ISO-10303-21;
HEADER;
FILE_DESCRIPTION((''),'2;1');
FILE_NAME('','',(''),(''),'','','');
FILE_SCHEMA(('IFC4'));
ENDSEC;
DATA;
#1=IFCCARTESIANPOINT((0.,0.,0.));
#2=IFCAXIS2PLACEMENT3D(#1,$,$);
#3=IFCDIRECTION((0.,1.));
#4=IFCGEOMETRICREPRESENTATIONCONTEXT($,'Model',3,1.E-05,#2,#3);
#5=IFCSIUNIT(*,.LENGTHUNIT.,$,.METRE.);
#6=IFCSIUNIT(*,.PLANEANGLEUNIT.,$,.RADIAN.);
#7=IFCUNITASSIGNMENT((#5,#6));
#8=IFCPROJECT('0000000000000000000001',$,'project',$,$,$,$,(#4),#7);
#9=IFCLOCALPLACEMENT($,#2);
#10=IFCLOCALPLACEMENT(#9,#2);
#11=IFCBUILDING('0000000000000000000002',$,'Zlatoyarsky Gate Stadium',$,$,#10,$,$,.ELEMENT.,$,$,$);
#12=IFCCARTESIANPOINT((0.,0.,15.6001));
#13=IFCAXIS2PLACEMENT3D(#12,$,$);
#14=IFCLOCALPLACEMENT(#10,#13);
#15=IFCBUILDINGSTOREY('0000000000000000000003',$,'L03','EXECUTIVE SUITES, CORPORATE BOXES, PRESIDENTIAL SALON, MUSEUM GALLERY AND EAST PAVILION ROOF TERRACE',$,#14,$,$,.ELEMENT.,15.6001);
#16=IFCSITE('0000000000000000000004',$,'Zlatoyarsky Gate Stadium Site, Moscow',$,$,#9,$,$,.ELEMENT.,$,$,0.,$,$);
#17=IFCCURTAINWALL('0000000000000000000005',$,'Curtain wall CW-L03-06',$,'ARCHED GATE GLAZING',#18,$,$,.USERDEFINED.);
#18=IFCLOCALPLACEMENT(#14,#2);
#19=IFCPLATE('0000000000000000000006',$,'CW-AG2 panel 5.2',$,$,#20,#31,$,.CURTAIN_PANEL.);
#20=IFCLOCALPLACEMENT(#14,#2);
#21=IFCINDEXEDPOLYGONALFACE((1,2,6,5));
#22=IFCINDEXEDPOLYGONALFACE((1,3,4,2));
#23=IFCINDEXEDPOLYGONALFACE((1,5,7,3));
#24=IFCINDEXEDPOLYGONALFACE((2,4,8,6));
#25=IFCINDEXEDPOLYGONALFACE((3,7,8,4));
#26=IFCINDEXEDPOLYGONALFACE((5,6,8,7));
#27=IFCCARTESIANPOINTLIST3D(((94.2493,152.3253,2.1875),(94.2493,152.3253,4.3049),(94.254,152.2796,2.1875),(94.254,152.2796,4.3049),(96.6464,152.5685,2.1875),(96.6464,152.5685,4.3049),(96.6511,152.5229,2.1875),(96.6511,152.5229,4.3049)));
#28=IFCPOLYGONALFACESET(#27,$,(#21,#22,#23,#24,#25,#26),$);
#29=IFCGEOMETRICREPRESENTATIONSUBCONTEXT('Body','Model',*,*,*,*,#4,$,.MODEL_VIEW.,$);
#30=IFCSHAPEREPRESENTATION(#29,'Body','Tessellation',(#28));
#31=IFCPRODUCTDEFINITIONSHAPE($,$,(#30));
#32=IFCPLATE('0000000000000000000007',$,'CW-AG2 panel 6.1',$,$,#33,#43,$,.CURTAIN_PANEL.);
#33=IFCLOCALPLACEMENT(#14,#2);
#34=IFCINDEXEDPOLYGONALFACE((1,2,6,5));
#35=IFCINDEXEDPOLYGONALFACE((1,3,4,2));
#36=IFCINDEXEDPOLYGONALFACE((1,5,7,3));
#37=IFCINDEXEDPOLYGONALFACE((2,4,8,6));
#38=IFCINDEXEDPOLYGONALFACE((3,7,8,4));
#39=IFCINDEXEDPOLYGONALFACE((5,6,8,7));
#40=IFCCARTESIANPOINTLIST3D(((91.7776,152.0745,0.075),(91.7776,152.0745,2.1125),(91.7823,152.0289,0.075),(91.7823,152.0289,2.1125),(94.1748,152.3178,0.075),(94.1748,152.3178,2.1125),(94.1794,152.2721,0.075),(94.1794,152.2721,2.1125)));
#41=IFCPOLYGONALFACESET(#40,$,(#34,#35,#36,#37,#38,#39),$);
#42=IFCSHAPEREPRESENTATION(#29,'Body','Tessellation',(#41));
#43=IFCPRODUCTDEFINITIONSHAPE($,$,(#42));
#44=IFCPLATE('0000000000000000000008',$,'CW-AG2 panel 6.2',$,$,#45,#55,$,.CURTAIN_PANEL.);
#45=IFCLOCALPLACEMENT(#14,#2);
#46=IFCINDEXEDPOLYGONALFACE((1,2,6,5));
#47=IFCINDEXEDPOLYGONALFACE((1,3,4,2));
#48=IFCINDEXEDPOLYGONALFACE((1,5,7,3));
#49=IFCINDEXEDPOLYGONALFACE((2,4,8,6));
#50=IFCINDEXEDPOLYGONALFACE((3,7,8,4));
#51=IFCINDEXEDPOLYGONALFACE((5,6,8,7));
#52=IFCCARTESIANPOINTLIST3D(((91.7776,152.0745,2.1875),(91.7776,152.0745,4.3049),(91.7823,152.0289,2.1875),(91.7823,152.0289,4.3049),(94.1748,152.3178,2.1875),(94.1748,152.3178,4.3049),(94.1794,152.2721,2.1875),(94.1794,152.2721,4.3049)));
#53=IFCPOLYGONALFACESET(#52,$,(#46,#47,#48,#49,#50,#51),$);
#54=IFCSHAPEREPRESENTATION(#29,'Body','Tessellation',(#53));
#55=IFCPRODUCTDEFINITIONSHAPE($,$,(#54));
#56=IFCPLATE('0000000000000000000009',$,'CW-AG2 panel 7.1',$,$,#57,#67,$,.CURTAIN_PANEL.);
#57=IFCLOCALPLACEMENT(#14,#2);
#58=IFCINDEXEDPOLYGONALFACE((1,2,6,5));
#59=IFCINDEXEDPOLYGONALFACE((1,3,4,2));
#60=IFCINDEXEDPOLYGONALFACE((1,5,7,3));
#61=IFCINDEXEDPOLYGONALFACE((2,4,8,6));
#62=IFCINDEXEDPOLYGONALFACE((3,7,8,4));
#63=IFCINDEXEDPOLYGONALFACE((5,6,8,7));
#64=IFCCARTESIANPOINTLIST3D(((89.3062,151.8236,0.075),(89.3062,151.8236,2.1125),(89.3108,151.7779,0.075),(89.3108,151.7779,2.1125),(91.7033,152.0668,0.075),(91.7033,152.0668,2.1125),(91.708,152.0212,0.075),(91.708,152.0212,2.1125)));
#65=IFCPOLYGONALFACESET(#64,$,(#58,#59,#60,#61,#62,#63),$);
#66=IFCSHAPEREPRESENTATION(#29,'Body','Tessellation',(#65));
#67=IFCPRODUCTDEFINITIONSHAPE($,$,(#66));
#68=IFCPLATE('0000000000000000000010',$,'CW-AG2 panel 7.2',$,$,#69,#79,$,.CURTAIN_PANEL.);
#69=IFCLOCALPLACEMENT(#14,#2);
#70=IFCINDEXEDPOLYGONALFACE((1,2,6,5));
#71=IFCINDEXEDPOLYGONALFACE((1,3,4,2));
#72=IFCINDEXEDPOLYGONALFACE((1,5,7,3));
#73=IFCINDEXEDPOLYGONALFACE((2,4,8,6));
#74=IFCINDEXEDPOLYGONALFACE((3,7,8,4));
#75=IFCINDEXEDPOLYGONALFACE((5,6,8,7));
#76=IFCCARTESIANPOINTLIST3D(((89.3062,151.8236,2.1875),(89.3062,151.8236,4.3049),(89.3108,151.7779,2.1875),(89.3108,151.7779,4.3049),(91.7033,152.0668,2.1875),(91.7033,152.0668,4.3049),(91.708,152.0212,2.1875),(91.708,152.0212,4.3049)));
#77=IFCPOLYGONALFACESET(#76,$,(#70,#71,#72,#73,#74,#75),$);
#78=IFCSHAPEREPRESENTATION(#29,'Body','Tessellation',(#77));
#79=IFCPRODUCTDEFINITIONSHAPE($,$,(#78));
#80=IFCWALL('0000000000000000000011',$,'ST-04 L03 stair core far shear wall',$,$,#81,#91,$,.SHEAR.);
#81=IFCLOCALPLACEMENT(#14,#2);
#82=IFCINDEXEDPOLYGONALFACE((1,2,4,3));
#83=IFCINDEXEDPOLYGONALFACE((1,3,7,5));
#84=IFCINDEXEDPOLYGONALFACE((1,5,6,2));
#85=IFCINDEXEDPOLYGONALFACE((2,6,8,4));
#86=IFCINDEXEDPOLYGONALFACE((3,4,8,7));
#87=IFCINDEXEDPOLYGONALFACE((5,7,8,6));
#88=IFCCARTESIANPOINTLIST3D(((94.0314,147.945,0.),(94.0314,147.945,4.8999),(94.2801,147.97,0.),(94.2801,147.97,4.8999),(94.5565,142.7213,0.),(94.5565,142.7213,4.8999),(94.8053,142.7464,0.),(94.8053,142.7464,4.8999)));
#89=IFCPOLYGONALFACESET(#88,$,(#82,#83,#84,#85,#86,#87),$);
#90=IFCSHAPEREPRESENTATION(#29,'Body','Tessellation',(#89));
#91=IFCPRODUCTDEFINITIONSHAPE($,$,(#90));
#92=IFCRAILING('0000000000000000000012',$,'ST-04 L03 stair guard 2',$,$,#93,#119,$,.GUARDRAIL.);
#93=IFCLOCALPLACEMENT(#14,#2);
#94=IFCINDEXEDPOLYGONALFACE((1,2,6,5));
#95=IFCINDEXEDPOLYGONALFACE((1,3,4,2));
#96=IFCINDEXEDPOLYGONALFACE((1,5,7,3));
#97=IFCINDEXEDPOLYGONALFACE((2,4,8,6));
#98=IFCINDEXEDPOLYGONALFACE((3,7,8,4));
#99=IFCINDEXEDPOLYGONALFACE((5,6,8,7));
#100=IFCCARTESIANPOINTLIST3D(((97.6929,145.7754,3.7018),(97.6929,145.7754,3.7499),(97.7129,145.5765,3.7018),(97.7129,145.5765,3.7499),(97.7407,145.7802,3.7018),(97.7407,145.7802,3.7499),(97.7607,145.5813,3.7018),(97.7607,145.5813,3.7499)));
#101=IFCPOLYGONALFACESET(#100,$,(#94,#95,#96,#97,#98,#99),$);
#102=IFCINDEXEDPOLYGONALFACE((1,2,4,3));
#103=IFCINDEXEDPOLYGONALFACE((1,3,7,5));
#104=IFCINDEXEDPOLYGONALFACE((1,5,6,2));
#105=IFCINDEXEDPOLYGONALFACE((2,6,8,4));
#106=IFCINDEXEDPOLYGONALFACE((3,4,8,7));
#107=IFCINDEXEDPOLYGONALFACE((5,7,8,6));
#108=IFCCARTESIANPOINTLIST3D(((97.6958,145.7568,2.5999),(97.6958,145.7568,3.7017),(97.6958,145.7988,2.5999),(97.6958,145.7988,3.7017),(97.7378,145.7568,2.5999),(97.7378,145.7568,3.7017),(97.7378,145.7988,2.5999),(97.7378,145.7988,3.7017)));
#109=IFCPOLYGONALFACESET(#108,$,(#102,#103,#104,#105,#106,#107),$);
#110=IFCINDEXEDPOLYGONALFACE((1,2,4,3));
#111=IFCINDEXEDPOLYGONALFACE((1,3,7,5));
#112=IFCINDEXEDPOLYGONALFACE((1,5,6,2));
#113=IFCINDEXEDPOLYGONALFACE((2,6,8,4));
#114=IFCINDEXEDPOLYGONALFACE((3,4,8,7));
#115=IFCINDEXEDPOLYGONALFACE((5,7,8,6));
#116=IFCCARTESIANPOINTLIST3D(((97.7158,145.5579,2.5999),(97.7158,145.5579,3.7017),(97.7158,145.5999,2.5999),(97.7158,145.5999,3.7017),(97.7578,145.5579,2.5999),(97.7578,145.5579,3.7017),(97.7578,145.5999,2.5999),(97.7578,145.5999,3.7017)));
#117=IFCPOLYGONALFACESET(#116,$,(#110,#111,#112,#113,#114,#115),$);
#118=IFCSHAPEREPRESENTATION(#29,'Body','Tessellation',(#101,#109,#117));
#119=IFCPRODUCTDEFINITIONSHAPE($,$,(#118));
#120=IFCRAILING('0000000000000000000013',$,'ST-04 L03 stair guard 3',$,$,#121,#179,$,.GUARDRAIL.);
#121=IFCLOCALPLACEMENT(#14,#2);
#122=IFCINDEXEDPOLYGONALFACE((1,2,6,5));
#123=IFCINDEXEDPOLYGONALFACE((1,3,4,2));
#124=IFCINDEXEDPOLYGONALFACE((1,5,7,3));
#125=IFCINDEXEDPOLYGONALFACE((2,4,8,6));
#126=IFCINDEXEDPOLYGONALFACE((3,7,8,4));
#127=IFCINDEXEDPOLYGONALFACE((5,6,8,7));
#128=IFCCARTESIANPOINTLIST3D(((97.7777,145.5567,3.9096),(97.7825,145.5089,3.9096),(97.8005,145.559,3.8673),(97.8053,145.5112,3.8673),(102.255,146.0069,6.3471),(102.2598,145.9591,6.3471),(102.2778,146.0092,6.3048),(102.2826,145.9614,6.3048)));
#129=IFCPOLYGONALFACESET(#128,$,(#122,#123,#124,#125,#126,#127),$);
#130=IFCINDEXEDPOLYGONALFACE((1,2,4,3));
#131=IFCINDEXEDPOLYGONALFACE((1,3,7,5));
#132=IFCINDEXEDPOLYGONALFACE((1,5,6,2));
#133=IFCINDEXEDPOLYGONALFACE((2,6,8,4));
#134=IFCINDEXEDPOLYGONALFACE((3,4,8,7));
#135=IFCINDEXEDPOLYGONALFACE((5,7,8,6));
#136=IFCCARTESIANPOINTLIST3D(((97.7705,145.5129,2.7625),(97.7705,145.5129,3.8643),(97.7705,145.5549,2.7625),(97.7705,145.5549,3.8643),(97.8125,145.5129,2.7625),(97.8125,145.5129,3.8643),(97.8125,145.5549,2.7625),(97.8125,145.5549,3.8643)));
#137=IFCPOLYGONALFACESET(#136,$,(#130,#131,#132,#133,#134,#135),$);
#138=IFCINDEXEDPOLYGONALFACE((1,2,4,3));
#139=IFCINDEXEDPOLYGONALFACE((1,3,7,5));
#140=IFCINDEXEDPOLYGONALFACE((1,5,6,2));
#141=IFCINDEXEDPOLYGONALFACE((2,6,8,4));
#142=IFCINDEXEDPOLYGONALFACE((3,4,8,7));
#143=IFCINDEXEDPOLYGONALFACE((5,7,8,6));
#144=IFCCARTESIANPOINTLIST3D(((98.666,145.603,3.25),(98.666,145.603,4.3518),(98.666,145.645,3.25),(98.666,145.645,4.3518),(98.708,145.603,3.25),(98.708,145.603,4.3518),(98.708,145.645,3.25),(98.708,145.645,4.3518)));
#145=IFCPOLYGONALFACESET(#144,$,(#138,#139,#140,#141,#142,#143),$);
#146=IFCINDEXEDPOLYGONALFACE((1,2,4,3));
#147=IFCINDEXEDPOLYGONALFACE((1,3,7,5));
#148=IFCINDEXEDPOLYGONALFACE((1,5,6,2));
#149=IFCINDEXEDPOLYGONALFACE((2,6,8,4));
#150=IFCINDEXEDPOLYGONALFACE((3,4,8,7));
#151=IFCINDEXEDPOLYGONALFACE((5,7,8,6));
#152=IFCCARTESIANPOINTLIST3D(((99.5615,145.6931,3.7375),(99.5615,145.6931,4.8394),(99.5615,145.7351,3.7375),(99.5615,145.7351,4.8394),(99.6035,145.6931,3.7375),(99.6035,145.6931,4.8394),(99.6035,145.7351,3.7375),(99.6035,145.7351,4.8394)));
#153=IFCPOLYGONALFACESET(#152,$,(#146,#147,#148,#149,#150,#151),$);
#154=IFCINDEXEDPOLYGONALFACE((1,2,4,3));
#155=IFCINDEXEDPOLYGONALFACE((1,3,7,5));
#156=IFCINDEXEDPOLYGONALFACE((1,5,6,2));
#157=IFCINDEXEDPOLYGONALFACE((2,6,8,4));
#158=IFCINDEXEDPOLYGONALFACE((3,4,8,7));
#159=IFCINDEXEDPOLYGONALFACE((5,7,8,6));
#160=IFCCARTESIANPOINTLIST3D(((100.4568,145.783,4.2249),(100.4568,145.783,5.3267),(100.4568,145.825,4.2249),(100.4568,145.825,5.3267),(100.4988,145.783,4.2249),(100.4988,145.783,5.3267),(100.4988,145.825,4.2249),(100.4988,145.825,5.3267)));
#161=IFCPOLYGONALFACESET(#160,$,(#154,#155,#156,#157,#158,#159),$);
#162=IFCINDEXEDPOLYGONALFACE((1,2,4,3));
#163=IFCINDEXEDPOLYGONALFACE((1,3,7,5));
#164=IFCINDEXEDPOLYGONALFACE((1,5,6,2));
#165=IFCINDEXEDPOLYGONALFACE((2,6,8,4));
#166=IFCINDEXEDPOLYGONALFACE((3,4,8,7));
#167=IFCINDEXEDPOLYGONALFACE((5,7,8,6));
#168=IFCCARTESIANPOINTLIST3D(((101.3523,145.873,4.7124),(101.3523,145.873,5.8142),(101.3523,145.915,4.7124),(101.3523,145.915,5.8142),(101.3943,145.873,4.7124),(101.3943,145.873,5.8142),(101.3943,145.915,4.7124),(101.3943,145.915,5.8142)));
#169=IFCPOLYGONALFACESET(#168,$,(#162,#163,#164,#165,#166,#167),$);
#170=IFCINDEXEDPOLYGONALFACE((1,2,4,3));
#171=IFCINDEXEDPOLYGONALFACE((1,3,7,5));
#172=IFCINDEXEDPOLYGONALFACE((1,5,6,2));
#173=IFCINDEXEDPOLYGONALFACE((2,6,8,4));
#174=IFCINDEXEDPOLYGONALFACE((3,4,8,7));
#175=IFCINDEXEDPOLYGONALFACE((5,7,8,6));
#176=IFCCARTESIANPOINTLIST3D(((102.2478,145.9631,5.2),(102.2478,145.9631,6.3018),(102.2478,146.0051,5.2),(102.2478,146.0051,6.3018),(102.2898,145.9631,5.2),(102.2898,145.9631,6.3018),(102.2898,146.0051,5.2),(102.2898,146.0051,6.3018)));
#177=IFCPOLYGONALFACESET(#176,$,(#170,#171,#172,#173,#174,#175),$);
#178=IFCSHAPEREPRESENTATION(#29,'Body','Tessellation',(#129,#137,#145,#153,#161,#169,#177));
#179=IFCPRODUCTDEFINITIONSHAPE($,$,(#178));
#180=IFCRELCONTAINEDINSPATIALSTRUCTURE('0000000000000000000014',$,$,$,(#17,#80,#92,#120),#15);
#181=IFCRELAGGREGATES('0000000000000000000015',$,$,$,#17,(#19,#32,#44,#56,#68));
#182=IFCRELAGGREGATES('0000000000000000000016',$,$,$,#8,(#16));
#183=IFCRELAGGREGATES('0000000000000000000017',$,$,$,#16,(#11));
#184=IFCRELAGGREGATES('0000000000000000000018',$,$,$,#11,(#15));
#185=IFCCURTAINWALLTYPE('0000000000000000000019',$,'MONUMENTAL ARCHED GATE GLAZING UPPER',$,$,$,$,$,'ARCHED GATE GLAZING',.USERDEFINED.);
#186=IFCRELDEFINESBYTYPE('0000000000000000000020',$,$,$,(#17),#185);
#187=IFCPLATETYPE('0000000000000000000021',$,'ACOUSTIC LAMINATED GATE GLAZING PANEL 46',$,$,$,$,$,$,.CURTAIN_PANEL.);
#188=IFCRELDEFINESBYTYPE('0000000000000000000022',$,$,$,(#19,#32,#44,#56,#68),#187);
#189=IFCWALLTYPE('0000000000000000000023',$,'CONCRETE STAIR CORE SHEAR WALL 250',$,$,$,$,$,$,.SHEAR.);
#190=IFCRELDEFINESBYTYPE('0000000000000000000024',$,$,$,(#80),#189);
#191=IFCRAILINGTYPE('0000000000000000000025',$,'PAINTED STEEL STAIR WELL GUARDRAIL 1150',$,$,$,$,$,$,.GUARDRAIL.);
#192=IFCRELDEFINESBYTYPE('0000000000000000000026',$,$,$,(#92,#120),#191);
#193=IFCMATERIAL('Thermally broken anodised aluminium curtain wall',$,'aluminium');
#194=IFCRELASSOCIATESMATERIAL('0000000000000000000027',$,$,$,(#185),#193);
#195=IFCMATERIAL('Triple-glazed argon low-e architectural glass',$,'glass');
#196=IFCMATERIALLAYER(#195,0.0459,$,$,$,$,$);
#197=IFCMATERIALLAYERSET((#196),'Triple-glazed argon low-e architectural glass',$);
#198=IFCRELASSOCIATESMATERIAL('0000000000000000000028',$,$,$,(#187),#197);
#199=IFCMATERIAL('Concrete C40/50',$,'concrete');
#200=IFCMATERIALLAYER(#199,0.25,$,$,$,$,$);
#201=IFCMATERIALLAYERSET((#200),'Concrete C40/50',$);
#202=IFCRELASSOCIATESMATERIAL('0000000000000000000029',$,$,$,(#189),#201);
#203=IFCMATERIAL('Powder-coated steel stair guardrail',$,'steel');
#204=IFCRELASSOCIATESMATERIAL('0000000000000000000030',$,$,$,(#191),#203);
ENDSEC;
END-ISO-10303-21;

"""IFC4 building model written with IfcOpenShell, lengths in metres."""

from ifc_helpers import new_model, si_unit, direction, frame, frame_2d, origin, origin_2d, place, context, subcontext, project, spatial, rectangle, extrude, material, layer, layer_set, type_object, element, aggregate, save


model = new_model("IFC4")

# Units and contexts
model_context = context("Model", 3, precision=1e-05, world=origin(), true_north=direction((0.0, 1.0)))
body_context = subcontext(model_context, "Body", "Model", "MODEL_VIEW")
ifc_project = project(units=[si_unit("LENGTHUNIT", "METRE"), si_unit("PLANEANGLEUNIT", "RADIAN")], contexts=[model_context])

# Site, building, storey
site_placement = place(None, origin())
site = spatial("IfcSite", under=ifc_project, at=site_placement, Name="Zlatoyarsky Gate Stadium Site, Moscow", CompositionType="ELEMENT", RefElevation=0.0)
building_placement = place(site_placement, origin())
building = spatial("IfcBuilding", under=site, at=building_placement, Name="Zlatoyarsky Gate Stadium", CompositionType="ELEMENT")
storey_placement = place(building_placement, frame((0.0, 0.0, 15.6001)))
storey = spatial("IfcBuildingStorey", under=building, at=storey_placement, Name="L03", Description="EXECUTIVE SUITES, CORPORATE BOXES, PRESIDENTIAL SALON, MUSEUM GALLERY AND EAST PAVILION ROOF TERRACE", CompositionType="ELEMENT", Elevation=15.6001)

# Curtain wall, plates
ifc_material_1 = material(Name="Thermally broken anodised aluminium curtain wall", Category="aluminium")
curtain_wall_type = type_object("IfcCurtainWallType", Name="MONUMENTAL ARCHED GATE GLAZING UPPER", ElementType="ARCHED GATE GLAZING", PredefinedType="USERDEFINED", material=ifc_material_1)
curtain_wall_placement = place(storey_placement, origin())
curtain_wall = element("IfcCurtainWall", 1, at=curtain_wall_placement, inside=storey, type_object=curtain_wall_type, Name="Curtain wall CW-L03-06", ObjectType="ARCHED GATE GLAZING", PredefinedType="USERDEFINED")
ifc_material_2 = material(Name="Triple-glazed argon low-e architectural glass", Category="glass")
ifc_layer_1 = layer(ifc_material_2, 0.0459)
ifc_layer_set_1 = layer_set([ifc_layer_1], Name="Triple-glazed argon low-e architectural glass")
plate_type = type_object("IfcPlateType", Name="ACOUSTIC LAMINATED GATE GLAZING PANEL 46", PredefinedType="CURTAIN_PANEL", material=ifc_layer_set_1)
plate_1_placement = place(storey_placement, frame((95.4502, 152.4241, 2.1875), z_axis=(0.0, 0.0, 1.0), x_axis=(-0.99489, -0.100967, 0.0)))
plate_1 = element("IfcPlate", 2, at=plate_1_placement, type_object=plate_type, Name="CW-AG2 panel 5.2", PredefinedType="CURTAIN_PANEL", context=body_context, shape_type="SweptSolid", body=[
    extrude(rectangle(XDim=2.4094, YDim=0.0459, at=origin_2d()), origin(), (0.0, 0.0, 1.0), 2.1174),
])
plate_2_placement = place(storey_placement, frame((92.9785, 152.1733, 0.075), z_axis=(0.0, 0.0, 1.0), x_axis=(-0.99489, -0.100967, 0.0)))
plate_2 = element("IfcPlate", 3, at=plate_2_placement, type_object=plate_type, Name="CW-AG2 panel 6.1", PredefinedType="CURTAIN_PANEL", context=body_context, shape_type="SweptSolid", body=[
    extrude(rectangle(XDim=2.4094, YDim=0.0459, at=origin_2d()), origin(), (0.0, 0.0, 1.0), 2.0376),
])
plate_3_placement = place(storey_placement, frame((92.9785, 152.1733, 2.1875), z_axis=(0.0, 0.0, 1.0), x_axis=(-0.99489, -0.100967, 0.0)))
plate_3 = element("IfcPlate", 4, at=plate_3_placement, type_object=plate_type, Name="CW-AG2 panel 6.2", PredefinedType="CURTAIN_PANEL", context=body_context, shape_type="SweptSolid", body=[
    extrude(rectangle(XDim=2.4094, YDim=0.0459, at=origin_2d()), origin(), (0.0, 0.0, 1.0), 2.1174),
])
plate_4_placement = place(storey_placement, frame((90.5071, 151.9224, 0.075), z_axis=(0.0, 0.0, 1.0), x_axis=(-0.99489, -0.100967, 0.0)))
plate_4 = element("IfcPlate", 5, at=plate_4_placement, type_object=plate_type, Name="CW-AG2 panel 7.1", PredefinedType="CURTAIN_PANEL", context=body_context, shape_type="SweptSolid", body=[
    extrude(rectangle(XDim=2.4094, YDim=0.0459, at=origin_2d()), origin(), (0.0, 0.0, 1.0), 2.0376),
])
plate_5_placement = place(storey_placement, frame((90.5071, 151.9224, 2.1875), z_axis=(0.0, 0.0, 1.0), x_axis=(-0.99489, -0.100967, 0.0)))
plate_5 = element("IfcPlate", 6, at=plate_5_placement, type_object=plate_type, Name="CW-AG2 panel 7.2", PredefinedType="CURTAIN_PANEL", context=body_context, shape_type="SweptSolid", body=[
    extrude(rectangle(XDim=2.4094, YDim=0.0459, at=origin_2d()), origin(), (0.0, 0.0, 1.0), 2.1174),
])
aggregate(curtain_wall, [plate_1, plate_2, plate_3, plate_4, plate_5])

# Wall
ifc_material_3 = material(Name="Concrete C40/50", Category="concrete")
ifc_layer_2 = layer(ifc_material_3, 0.25)
ifc_layer_set_2 = layer_set([ifc_layer_2], Name="Concrete C40/50")
wall_type = type_object("IfcWallType", Name="CONCRETE STAIR CORE SHEAR WALL 250", PredefinedType="SHEAR", material=ifc_layer_set_2)
wall_placement = place(storey_placement, frame((94.1558, 147.9575, 0.0), z_axis=(0.0, 0.0, 1.0), x_axis=(0.100029, -0.994985, 0.0)))
element("IfcWall", 7, at=wall_placement, inside=storey, type_object=wall_type, Name="ST-04 L03 stair core far shear wall", PredefinedType="SHEAR", context=body_context, shape_type="SweptSolid", body=[
    extrude(rectangle(XDim=5.25, YDim=0.25, at=frame_2d((2.625, 0.0))), origin(), (0.0, 0.0, 1.0), 4.8999),
])

# Railings
ifc_material_4 = material(Name="Powder-coated steel stair guardrail", Category="steel")
railing_type_1 = type_object("IfcRailingType", Name="PAINTED STEEL STAIR WELL GUARDRAIL 1150", PredefinedType="GUARDRAIL", material=ifc_material_4)
railing_1_placement = place(storey_placement, frame((97.7168, 145.7778, 2.5999)))
element("IfcRailing", 8, at=railing_1_placement, inside=storey, type_object=railing_type_1, Name="ST-04 L03 stair guard 2", PredefinedType="GUARDRAIL", context=body_context, shape_type="SweptSolid", body=[
    extrude(rectangle(XDim=0.0481, YDim=0.0481, at=origin_2d()), frame((0.0, 0.0, 1.126), z_axis=(0.100108, -0.994977, 0.0), x_axis=(0.994977, 0.100108, 0.0)), (0.0, 0.0, 1.0), 0.2),
    extrude(rectangle(XDim=0.042, YDim=0.042, at=origin_2d()), origin(), (0.0, 0.0, 1.0), 1.1018),
    extrude(rectangle(XDim=0.042, YDim=0.042, at=origin_2d()), frame((0.02, -0.199, 0.0)), (0.0, 0.0, 1.0), 1.1018),
])
railing_2_placement = place(storey_placement, frame((97.7915, 145.5339, 2.7625)))
element("IfcRailing", 9, at=railing_2_placement, inside=storey, type_object=railing_type_1, Name="ST-04 L03 stair guard 3", PredefinedType="GUARDRAIL", context=body_context, shape_type="SweptSolid", body=[
    extrude(rectangle(XDim=0.0481, YDim=0.0481, at=origin_2d()), frame((0.0, 0.0, 1.126), z_axis=(0.874875, 0.087969, 0.476294), x_axis=(-0.100046, 0.994983, 0.0)), (0.0, 0.0, 1.0), 5.1177),
    extrude(rectangle(XDim=0.042, YDim=0.042, at=origin_2d()), origin(), (0.0, 0.0, 1.0), 1.1018),
    extrude(rectangle(XDim=0.042, YDim=0.042, at=origin_2d()), frame((0.8955, 0.0901, 0.4875)), (0.0, 0.0, 1.0), 1.1018),
    extrude(rectangle(XDim=0.042, YDim=0.042, at=origin_2d()), frame((1.791, 0.1802, 0.9751)), (0.0, 0.0, 1.0), 1.1018),
    extrude(rectangle(XDim=0.042, YDim=0.042, at=origin_2d()), frame((2.6863, 0.27, 1.4624)), (0.0, 0.0, 1.0), 1.1018),
    extrude(rectangle(XDim=0.042, YDim=0.042, at=origin_2d()), frame((3.5818, 0.3601, 1.95)), (0.0, 0.0, 1.0), 1.1018),
    extrude(rectangle(XDim=0.042, YDim=0.042, at=origin_2d()), frame((4.4773, 0.4502, 2.4375)), (0.0, 0.0, 1.0), 1.1018),
])

save(model, "model.ifc")
